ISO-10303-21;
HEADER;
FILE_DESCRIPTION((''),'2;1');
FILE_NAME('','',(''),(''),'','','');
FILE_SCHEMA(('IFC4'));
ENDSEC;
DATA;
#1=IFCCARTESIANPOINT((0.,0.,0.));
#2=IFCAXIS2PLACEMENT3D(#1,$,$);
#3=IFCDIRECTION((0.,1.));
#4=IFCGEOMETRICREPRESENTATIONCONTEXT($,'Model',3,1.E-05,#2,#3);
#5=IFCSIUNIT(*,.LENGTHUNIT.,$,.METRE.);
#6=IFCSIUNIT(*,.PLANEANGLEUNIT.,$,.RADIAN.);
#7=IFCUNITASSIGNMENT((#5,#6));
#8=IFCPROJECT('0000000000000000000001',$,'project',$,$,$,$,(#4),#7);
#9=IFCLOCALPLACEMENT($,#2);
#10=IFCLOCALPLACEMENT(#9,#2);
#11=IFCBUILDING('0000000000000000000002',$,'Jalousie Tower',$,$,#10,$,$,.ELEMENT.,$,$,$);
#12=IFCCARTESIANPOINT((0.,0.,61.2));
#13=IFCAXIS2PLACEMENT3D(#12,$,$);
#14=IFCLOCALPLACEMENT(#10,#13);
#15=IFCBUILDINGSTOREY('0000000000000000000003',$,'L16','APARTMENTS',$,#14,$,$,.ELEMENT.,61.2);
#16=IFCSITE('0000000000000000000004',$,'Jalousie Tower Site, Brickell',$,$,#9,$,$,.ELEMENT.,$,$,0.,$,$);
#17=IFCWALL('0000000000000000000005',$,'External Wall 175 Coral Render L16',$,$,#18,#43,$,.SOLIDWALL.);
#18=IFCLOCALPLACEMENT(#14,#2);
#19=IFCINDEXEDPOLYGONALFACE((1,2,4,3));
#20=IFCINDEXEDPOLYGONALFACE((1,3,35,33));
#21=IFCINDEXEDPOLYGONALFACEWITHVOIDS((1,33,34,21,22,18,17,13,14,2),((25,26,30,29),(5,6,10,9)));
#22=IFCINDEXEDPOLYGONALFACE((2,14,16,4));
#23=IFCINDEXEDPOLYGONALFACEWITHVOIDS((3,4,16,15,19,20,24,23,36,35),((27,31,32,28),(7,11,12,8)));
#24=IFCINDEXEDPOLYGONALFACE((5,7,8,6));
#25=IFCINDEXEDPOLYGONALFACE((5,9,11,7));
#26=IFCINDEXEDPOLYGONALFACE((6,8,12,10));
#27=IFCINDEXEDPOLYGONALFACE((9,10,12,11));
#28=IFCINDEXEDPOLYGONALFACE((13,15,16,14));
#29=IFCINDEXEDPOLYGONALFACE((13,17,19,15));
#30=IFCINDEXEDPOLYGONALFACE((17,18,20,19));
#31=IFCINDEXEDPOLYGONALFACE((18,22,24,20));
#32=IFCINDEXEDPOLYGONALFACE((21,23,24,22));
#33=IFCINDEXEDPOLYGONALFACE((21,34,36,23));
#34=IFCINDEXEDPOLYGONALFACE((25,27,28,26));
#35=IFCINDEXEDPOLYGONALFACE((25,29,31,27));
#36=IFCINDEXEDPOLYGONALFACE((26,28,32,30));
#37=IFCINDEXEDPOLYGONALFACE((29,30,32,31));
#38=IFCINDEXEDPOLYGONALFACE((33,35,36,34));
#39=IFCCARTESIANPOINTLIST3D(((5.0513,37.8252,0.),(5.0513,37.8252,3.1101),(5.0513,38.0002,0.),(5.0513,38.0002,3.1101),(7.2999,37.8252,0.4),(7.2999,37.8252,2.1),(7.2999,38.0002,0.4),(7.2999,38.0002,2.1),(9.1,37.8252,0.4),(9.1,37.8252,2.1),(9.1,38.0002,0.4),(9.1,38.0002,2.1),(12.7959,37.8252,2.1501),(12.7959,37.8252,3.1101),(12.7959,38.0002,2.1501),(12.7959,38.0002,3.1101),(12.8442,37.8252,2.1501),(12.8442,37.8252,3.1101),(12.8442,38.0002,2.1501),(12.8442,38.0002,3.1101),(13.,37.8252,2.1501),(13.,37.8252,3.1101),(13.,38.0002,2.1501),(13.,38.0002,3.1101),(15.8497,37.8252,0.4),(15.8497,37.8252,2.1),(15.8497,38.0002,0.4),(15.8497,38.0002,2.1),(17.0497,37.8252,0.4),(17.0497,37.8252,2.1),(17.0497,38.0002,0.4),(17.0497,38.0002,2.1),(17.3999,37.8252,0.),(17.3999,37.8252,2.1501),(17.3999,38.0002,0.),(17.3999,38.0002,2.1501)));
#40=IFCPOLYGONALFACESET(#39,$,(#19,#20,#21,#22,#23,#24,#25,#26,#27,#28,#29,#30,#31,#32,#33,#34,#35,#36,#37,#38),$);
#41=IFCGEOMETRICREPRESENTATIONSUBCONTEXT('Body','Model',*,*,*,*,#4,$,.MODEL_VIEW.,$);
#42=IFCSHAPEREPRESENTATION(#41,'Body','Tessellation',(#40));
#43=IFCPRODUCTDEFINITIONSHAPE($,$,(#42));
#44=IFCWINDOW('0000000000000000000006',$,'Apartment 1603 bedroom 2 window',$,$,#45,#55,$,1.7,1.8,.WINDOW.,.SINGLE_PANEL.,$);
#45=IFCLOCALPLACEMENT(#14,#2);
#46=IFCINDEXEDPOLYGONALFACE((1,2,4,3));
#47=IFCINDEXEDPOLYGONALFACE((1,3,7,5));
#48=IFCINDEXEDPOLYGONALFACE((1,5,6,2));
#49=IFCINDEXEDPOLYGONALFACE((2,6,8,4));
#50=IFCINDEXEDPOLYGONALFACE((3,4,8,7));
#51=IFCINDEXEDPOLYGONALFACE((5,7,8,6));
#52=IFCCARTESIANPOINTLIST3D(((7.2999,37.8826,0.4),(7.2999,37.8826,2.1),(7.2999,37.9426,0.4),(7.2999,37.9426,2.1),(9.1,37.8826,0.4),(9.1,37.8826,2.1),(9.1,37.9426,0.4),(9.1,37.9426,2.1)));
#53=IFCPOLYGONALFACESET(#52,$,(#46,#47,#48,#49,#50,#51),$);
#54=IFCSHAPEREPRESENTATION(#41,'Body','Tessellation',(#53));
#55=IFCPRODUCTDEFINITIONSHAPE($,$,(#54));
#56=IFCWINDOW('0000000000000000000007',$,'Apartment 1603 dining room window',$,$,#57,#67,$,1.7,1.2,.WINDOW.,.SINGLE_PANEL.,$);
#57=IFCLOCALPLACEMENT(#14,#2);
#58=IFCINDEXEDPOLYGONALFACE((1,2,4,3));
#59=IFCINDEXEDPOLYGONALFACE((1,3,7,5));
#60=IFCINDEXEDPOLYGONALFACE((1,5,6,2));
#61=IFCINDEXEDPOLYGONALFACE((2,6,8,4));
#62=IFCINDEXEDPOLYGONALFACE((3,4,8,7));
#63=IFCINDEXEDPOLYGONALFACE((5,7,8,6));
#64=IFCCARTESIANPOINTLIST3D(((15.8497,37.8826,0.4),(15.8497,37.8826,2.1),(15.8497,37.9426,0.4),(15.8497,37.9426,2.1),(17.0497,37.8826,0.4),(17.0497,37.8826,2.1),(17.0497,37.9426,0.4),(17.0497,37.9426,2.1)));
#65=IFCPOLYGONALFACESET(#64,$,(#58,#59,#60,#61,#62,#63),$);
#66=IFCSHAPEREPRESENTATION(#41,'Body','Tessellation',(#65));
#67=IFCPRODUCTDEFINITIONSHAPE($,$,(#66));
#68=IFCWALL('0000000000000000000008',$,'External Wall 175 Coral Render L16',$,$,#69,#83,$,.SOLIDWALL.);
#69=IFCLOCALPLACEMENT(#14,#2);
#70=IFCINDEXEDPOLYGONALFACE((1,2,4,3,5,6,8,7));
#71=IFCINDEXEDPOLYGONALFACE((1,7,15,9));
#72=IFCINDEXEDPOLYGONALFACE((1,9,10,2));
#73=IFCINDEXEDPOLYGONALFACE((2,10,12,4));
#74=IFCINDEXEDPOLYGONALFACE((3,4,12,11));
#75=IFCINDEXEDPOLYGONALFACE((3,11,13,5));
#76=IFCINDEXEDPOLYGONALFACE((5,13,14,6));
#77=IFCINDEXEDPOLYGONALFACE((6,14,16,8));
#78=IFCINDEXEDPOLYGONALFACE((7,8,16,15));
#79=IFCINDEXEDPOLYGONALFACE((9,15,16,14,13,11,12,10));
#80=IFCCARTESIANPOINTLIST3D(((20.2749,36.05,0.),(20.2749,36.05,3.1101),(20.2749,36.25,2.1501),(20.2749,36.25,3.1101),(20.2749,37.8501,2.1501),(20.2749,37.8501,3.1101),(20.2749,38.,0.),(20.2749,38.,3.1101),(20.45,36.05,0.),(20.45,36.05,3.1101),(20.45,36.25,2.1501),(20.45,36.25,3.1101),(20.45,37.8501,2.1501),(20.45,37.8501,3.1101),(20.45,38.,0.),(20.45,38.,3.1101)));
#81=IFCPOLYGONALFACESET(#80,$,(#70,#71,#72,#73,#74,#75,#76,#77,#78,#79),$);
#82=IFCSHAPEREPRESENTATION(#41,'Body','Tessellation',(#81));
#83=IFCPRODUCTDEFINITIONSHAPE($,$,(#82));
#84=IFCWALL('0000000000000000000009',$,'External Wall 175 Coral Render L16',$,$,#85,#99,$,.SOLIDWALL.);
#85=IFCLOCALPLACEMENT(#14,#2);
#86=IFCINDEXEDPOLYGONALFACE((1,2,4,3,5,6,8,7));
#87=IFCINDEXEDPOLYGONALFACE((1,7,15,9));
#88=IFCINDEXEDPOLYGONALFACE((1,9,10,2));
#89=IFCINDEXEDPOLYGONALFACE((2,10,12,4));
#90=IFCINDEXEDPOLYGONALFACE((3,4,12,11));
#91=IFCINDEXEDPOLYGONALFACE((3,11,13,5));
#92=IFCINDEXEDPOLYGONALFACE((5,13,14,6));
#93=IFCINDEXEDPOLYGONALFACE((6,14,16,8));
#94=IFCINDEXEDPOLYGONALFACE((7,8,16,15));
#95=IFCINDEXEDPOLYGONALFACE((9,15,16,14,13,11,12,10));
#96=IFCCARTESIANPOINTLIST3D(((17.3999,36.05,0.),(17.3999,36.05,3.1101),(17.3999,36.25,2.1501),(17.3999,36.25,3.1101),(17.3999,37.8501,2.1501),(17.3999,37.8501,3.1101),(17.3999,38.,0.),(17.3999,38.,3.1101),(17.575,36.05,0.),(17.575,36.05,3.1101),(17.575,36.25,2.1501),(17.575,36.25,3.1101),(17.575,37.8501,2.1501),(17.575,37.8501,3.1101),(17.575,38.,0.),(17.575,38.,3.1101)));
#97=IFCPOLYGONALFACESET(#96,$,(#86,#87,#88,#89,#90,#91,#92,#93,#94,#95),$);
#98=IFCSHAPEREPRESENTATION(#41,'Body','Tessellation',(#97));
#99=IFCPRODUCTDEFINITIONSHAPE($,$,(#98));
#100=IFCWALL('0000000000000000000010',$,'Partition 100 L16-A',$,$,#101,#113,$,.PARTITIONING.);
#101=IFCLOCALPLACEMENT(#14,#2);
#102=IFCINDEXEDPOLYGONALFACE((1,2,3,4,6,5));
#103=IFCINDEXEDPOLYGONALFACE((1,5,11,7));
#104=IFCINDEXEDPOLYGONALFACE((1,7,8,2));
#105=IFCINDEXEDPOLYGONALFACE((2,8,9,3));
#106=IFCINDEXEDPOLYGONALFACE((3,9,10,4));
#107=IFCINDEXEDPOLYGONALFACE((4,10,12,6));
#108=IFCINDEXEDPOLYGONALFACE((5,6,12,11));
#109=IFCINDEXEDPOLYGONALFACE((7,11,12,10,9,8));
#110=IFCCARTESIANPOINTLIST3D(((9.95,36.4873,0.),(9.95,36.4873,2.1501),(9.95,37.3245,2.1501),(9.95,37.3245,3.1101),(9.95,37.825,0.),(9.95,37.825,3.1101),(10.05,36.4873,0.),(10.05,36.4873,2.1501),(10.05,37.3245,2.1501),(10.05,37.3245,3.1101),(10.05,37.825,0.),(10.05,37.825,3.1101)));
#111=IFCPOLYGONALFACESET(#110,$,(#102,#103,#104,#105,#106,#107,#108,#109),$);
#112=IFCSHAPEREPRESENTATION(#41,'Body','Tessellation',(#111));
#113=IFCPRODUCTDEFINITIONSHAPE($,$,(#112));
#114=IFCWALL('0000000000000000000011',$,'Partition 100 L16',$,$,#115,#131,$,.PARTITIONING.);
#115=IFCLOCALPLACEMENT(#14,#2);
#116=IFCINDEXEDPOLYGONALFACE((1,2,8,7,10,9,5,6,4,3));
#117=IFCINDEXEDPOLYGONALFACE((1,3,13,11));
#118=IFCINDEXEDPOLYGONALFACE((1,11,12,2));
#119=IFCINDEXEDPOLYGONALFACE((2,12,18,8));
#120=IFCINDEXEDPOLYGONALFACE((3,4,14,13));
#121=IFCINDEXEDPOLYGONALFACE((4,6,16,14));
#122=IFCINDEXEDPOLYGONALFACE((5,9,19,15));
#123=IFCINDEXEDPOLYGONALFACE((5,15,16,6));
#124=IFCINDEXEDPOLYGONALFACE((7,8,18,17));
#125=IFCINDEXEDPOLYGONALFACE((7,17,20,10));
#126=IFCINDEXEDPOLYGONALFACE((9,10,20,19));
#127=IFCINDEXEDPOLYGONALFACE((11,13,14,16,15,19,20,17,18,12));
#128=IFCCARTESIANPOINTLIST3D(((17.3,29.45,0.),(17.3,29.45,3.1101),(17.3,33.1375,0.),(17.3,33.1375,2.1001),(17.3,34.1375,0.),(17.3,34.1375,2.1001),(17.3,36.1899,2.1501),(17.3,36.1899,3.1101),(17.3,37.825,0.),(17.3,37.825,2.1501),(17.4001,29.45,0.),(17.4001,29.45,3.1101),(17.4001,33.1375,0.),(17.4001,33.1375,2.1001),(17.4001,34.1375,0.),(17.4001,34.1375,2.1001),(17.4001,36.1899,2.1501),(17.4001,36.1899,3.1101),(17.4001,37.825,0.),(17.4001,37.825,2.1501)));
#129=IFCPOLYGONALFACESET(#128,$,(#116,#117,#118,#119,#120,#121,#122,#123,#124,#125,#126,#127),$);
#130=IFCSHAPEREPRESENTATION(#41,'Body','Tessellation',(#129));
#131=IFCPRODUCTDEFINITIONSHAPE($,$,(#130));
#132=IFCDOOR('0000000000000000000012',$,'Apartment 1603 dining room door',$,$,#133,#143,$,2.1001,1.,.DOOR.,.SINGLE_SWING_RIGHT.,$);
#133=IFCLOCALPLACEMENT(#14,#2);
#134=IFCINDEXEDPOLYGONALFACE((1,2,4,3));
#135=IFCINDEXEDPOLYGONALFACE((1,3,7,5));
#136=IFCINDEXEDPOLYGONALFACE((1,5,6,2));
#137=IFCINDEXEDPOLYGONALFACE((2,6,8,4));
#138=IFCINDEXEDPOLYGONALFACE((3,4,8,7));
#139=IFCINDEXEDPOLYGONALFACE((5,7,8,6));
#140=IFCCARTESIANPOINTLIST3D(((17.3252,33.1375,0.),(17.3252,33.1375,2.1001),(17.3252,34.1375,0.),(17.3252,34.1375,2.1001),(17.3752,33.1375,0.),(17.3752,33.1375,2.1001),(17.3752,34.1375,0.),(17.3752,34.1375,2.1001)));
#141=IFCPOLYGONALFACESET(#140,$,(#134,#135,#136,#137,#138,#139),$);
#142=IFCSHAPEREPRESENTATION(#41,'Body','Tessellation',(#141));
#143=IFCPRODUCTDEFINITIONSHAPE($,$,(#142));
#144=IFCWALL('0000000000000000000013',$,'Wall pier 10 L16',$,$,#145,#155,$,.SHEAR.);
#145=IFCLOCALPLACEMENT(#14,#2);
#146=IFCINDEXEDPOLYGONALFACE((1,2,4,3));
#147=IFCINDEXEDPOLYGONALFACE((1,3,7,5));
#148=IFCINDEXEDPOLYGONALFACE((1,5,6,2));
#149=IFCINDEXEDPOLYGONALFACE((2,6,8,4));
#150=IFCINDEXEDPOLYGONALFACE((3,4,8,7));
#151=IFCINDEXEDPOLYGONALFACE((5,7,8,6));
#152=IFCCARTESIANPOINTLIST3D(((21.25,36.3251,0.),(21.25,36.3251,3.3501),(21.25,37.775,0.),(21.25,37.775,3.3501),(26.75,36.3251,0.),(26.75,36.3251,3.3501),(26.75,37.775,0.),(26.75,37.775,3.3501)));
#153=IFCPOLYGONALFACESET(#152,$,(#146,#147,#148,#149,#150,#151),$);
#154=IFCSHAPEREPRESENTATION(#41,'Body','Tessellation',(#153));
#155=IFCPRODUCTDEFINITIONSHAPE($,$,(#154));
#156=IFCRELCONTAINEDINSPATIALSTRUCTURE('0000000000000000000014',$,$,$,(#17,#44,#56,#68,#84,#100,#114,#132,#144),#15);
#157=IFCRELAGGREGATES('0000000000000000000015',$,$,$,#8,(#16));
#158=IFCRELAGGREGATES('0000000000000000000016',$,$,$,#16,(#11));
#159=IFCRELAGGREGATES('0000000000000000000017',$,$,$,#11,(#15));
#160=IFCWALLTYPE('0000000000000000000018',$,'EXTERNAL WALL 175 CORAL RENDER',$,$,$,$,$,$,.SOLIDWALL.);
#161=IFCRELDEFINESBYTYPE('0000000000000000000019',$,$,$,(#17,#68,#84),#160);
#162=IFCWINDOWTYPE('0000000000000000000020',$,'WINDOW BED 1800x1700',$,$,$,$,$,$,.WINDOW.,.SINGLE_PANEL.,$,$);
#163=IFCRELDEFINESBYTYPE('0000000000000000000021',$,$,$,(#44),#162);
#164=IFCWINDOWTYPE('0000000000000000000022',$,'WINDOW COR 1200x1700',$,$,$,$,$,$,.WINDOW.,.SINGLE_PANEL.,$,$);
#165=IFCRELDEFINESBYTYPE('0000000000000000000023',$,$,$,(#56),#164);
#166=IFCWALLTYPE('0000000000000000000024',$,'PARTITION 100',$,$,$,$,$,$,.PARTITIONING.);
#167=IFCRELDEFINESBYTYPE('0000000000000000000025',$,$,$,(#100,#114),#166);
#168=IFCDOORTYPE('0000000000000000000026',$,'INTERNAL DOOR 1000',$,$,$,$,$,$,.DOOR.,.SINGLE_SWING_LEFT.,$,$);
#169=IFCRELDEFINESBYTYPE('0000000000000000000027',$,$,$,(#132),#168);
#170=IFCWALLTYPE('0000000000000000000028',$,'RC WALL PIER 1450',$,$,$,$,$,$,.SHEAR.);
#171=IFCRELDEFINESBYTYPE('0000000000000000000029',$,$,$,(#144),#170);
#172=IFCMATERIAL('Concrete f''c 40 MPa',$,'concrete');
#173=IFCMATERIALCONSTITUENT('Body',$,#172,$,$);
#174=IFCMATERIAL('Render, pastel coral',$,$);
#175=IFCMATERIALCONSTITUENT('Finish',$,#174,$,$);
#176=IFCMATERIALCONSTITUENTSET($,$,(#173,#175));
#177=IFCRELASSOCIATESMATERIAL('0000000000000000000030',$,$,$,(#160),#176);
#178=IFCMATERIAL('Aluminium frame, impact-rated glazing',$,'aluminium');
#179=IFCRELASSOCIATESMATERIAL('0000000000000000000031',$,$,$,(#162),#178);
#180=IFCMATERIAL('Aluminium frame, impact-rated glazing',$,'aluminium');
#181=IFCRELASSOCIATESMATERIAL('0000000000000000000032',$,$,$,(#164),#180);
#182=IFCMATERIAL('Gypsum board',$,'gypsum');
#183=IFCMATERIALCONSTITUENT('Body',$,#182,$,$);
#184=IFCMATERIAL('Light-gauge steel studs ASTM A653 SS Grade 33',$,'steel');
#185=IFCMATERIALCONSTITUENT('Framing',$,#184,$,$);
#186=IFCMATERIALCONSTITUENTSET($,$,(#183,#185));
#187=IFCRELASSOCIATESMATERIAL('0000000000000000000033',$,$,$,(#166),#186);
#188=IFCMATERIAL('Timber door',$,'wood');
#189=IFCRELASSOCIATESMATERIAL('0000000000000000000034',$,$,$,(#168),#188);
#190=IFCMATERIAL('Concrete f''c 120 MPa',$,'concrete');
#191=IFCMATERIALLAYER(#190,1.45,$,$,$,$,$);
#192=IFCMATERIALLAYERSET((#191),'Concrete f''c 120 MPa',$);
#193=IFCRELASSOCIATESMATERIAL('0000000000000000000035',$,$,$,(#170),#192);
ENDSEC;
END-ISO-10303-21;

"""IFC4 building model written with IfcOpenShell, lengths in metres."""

from ifc_helpers import new_model, si_unit, direction, frame, frame_2d, origin, place, context, subcontext, project, spatial, polyline, rectangle, outline, extrude, material, layer, layer_set, constituent, constituent_set, type_object, element, fill, save


model = new_model("IFC4")

# Units and contexts
model_context = context("Model", 3, precision=1e-05, world=origin(), true_north=direction((0.0, 1.0)))
body_context = subcontext(model_context, "Body", "Model", "MODEL_VIEW")
ifc_project = project(units=[si_unit("LENGTHUNIT", "METRE"), si_unit("PLANEANGLEUNIT", "RADIAN")], contexts=[model_context])

# Site, building, storey
site_placement = place(None, origin())
site = spatial("IfcSite", under=ifc_project, at=site_placement, Name="Jalousie Tower Site, Brickell", CompositionType="ELEMENT", RefElevation=0.0)
building_placement = place(site_placement, origin())
building = spatial("IfcBuilding", under=site, at=building_placement, Name="Jalousie Tower", CompositionType="ELEMENT")
storey_placement = place(building_placement, frame((0.0, 0.0, 61.2)))
storey = spatial("IfcBuildingStorey", under=building, at=storey_placement, Name="L16", Description="APARTMENTS", CompositionType="ELEMENT", Elevation=61.2)

# Wall, openings, windows
ifc_material_1 = material(Name="Concrete f'c 40 MPa", Category="concrete")
ifc_constituent_1 = constituent(ifc_material_1, Name="Body")
ifc_material_2 = material(Name="Render, pastel coral")
ifc_constituent_2 = constituent(ifc_material_2, Name="Finish")
ifc_constituent_set_1 = constituent_set(constituents=[ifc_constituent_1, ifc_constituent_2])
wall_type_1 = type_object("IfcWallType", Name="EXTERNAL WALL 175 CORAL RENDER", PredefinedType="SOLIDWALL", material=ifc_constituent_set_1)
wall_1_placement = place(storey_placement, frame((17.3999, 37.9126, 0.0), z_axis=(0.0, 0.0, 1.0), x_axis=(-1.0, 0.0, 0.0)))
wall_1 = element("IfcWall", 1, at=wall_1_placement, inside=storey, type_object=wall_type_1, Name="External Wall 175 Coral Render L16", PredefinedType="SOLIDWALL", context=body_context, shape_type="SweptSolid", body=[
    extrude(outline(polyline([(0.0, 0.0), (12.3486, 0.0), (12.3486, 3.1101), (4.604, 3.1101), (4.604, 2.1501), (4.5557, 2.1501), (4.5557, 3.1101), (4.3999, 3.1101), (4.3999, 2.1501), (0.0, 2.1501), (0.0, 0.0)])), frame((0.0, 0.0874, 0.0), z_axis=(0.0, -1.0, 0.0), x_axis=(1.0, 0.0, 0.0)), (0.0, 0.0, 1.0), 0.175),
])
opening_1_placement = place(wall_1_placement, frame((0.3501, 0.0, 0.3999)))
opening_1 = element("IfcOpeningElement", 2, at=opening_1_placement, cuts=wall_1, PredefinedType="OPENING", context=body_context, shape_type="SweptSolid", body=[
    extrude(rectangle(XDim=1.2, YDim=1.7, at=frame_2d((0.6001, 0.8501))), frame((0.0, 0.0974, 0.0), z_axis=(0.0, -1.0, 0.0), x_axis=(1.0, 0.0, 0.0)), (0.0, 0.0, 1.0), 0.1951),
])
opening_2_placement = place(wall_1_placement, frame((8.3, 0.0, 0.3999)))
opening_2 = element("IfcOpeningElement", 3, at=opening_2_placement, cuts=wall_1, PredefinedType="OPENING", context=body_context, shape_type="SweptSolid", body=[
    extrude(rectangle(XDim=1.8, YDim=1.7, at=frame_2d((0.8999, 0.8501))), frame((0.0, 0.0974, 0.0), z_axis=(0.0, -1.0, 0.0), x_axis=(1.0, 0.0, 0.0)), (0.0, 0.0, 1.0), 0.1951),
])
ifc_material_3 = material(Name="Aluminium frame, impact-rated glazing", Category="aluminium")
window_type_1 = type_object("IfcWindowType", Name="WINDOW BED 1800x1700", PartitioningType="SINGLE_PANEL", PredefinedType="WINDOW", material=ifc_material_3)
window_1_placement = place(opening_2_placement, origin())
window_1 = element("IfcWindow", 4, at=window_1_placement, inside=storey, type_object=window_type_1, Name="Apartment 1603 bedroom 2 window", OverallHeight=1.7, OverallWidth=1.8, PartitioningType="SINGLE_PANEL", PredefinedType="WINDOW", context=body_context, shape_type="SweptSolid", body=[
    extrude(rectangle(XDim=1.8, YDim=1.7, at=frame_2d((0.8999, 0.8501))), frame((0.0, 0.03, 0.0), z_axis=(0.0, -1.0, 0.0), x_axis=(1.0, 0.0, 0.0)), (0.0, 0.0, 1.0), 0.0601),
])
fill(opening_2, window_1)
ifc_material_4 = material(Name="Aluminium frame, impact-rated glazing", Category="aluminium")
window_type_2 = type_object("IfcWindowType", Name="WINDOW COR 1200x1700", PartitioningType="SINGLE_PANEL", PredefinedType="WINDOW", material=ifc_material_4)
window_2_placement = place(opening_1_placement, origin())
window_2 = element("IfcWindow", 5, at=window_2_placement, inside=storey, type_object=window_type_2, Name="Apartment 1603 dining room window", OverallHeight=1.7, OverallWidth=1.2, PartitioningType="SINGLE_PANEL", PredefinedType="WINDOW", context=body_context, shape_type="SweptSolid", body=[
    extrude(rectangle(XDim=1.2, YDim=1.7, at=frame_2d((0.6001, 0.8501))), frame((0.0, 0.03, 0.0), z_axis=(0.0, -1.0, 0.0), x_axis=(1.0, 0.0, 0.0)), (0.0, 0.0, 1.0), 0.0601),
])
fill(opening_1, window_2)

# Walls
for number, where, z_axis, x_axis, name in (
    (6, (20.3625, 38.0, 0.0), (0.0, 0.0, 1.0), (0.0, -1.0, 0.0), "External Wall 175 Coral Render L16"),
    (7, (17.4875, 38.0, 0.0), (0.0, 0.0, 1.0), (0.0, -1.0, 0.0), "External Wall 175 Coral Render L16"),
):
    element("IfcWall", number, at=place(storey_placement, frame(where, z_axis=z_axis, x_axis=x_axis)), inside=storey, type_object=wall_type_1, Name=name, PredefinedType="SOLIDWALL", context=body_context, shape_type="SweptSolid", body=[
        extrude(outline(polyline([(0.0, 0.0), (1.95, 0.0), (1.95, 3.1101), (1.75, 3.1101), (1.75, 2.1501), (0.1499, 2.1501), (0.1499, 3.1101), (0.0, 3.1101), (0.0, 0.0)])), frame((0.0, 0.0874, 0.0), z_axis=(0.0, -1.0, 0.0), x_axis=(1.0, 0.0, 0.0)), (0.0, 0.0, 1.0), 0.175),
    ])
ifc_material_5 = material(Name="Gypsum board", Category="gypsum")
ifc_constituent_3 = constituent(ifc_material_5, Name="Body")
ifc_material_6 = material(Name="Light-gauge steel studs ASTM A653 SS Grade 33", Category="steel")
ifc_constituent_4 = constituent(ifc_material_6, Name="Framing")
ifc_constituent_set_2 = constituent_set(constituents=[ifc_constituent_3, ifc_constituent_4])
wall_type_2 = type_object("IfcWallType", Name="PARTITION 100", PredefinedType="PARTITIONING", material=ifc_constituent_set_2)
wall_2_placement = place(storey_placement, frame((10.0, 37.825, 0.0), z_axis=(0.0, 0.0, 1.0), x_axis=(0.0, -1.0, 0.0)))
element("IfcWall", 8, at=wall_2_placement, inside=storey, type_object=wall_type_2, Name="Partition 100 L16-A", PredefinedType="PARTITIONING", context=body_context, shape_type="SweptSolid", body=[
    extrude(outline(polyline([(0.0, 0.0), (1.3376, 0.0), (1.3376, 2.1501), (0.5005, 2.1501), (0.5005, 3.1101), (0.0, 3.1101), (0.0, 0.0)])), frame((0.0, 0.05, 0.0), z_axis=(0.0, -1.0, 0.0), x_axis=(1.0, 0.0, 0.0)), (0.0, 0.0, 1.0), 0.1001),
])

# Wall, opening, door
wall_3_placement = place(storey_placement, frame((17.3501, 37.825, 0.0), z_axis=(0.0, 0.0, 1.0), x_axis=(0.0, -1.0, 0.0)))
wall_3 = element("IfcWall", 9, at=wall_3_placement, inside=storey, type_object=wall_type_2, Name="Partition 100 L16", PredefinedType="PARTITIONING", context=body_context, shape_type="SweptSolid", body=[
    extrude(outline(polyline([(0.0, 0.0), (8.375, 0.0), (8.375, 3.1101), (1.635, 3.1101), (1.635, 2.1501), (0.0, 2.1501), (0.0, 3.1101), (0.0, 0.0)])), frame((0.0, 0.05, 0.0), z_axis=(0.0, -1.0, 0.0), x_axis=(1.0, 0.0, 0.0)), (0.0, 0.0, 1.0), 0.1001),
])
opening_3_placement = place(wall_3_placement, frame((3.6875, 0.0, 0.0)))
opening_3 = element("IfcOpeningElement", 10, at=opening_3_placement, cuts=wall_3, PredefinedType="OPENING", context=body_context, shape_type="SweptSolid", body=[
    extrude(rectangle(XDim=1.0, YDim=2.1001, at=frame_2d((0.5, 1.05))), frame((0.0, 0.0601, 0.0), z_axis=(0.0, -1.0, 0.0), x_axis=(1.0, 0.0, 0.0)), (0.0, 0.0, 1.0), 0.1201),
])
ifc_material_7 = material(Name="Timber door", Category="wood")
door_type = type_object("IfcDoorType", Name="INTERNAL DOOR 1000", OperationType="SINGLE_SWING_LEFT", PredefinedType="DOOR", material=ifc_material_7)
door_placement = place(opening_3_placement, frame((1.0, 0.0, 0.0), z_axis=(0.0, 0.0, 1.0), x_axis=(-1.0, 0.0, 0.0)))
door = element("IfcDoor", 11, at=door_placement, inside=storey, type_object=door_type, Name="Apartment 1603 dining room door", OperationType="SINGLE_SWING_RIGHT", OverallHeight=2.1001, OverallWidth=1.0, PredefinedType="DOOR", context=body_context, shape_type="SweptSolid", body=[
    extrude(rectangle(XDim=1.0, YDim=2.1001, at=frame_2d((0.5, 1.05))), frame((0.0, 0.0249, 0.0), z_axis=(0.0, -1.0, 0.0), x_axis=(1.0, 0.0, 0.0)), (0.0, 0.0, 1.0), 0.05),
])
fill(opening_3, door)

# Wall
ifc_material_8 = material(Name="Concrete f'c 120 MPa", Category="concrete")
ifc_layer_1 = layer(ifc_material_8, 1.45)
ifc_layer_set_1 = layer_set([ifc_layer_1], Name="Concrete f'c 120 MPa")
wall_type_3 = type_object("IfcWallType", Name="RC WALL PIER 1450", PredefinedType="SHEAR", material=ifc_layer_set_1)
wall_4_placement = place(storey_placement, frame((21.25, 37.05, 0.0), z_axis=(0.0, 0.0, 1.0), x_axis=(1.0, 0.0, 0.0)))
element("IfcWall", 12, at=wall_4_placement, inside=storey, type_object=wall_type_3, Name="Wall pier 10 L16", PredefinedType="SHEAR", context=body_context, shape_type="SweptSolid", body=[
    extrude(rectangle(XDim=5.5, YDim=1.45, at=frame_2d((2.75, 0.0))), origin(), (0.0, 0.0, 1.0), 3.3501),
])

save(model, "model.ifc")
